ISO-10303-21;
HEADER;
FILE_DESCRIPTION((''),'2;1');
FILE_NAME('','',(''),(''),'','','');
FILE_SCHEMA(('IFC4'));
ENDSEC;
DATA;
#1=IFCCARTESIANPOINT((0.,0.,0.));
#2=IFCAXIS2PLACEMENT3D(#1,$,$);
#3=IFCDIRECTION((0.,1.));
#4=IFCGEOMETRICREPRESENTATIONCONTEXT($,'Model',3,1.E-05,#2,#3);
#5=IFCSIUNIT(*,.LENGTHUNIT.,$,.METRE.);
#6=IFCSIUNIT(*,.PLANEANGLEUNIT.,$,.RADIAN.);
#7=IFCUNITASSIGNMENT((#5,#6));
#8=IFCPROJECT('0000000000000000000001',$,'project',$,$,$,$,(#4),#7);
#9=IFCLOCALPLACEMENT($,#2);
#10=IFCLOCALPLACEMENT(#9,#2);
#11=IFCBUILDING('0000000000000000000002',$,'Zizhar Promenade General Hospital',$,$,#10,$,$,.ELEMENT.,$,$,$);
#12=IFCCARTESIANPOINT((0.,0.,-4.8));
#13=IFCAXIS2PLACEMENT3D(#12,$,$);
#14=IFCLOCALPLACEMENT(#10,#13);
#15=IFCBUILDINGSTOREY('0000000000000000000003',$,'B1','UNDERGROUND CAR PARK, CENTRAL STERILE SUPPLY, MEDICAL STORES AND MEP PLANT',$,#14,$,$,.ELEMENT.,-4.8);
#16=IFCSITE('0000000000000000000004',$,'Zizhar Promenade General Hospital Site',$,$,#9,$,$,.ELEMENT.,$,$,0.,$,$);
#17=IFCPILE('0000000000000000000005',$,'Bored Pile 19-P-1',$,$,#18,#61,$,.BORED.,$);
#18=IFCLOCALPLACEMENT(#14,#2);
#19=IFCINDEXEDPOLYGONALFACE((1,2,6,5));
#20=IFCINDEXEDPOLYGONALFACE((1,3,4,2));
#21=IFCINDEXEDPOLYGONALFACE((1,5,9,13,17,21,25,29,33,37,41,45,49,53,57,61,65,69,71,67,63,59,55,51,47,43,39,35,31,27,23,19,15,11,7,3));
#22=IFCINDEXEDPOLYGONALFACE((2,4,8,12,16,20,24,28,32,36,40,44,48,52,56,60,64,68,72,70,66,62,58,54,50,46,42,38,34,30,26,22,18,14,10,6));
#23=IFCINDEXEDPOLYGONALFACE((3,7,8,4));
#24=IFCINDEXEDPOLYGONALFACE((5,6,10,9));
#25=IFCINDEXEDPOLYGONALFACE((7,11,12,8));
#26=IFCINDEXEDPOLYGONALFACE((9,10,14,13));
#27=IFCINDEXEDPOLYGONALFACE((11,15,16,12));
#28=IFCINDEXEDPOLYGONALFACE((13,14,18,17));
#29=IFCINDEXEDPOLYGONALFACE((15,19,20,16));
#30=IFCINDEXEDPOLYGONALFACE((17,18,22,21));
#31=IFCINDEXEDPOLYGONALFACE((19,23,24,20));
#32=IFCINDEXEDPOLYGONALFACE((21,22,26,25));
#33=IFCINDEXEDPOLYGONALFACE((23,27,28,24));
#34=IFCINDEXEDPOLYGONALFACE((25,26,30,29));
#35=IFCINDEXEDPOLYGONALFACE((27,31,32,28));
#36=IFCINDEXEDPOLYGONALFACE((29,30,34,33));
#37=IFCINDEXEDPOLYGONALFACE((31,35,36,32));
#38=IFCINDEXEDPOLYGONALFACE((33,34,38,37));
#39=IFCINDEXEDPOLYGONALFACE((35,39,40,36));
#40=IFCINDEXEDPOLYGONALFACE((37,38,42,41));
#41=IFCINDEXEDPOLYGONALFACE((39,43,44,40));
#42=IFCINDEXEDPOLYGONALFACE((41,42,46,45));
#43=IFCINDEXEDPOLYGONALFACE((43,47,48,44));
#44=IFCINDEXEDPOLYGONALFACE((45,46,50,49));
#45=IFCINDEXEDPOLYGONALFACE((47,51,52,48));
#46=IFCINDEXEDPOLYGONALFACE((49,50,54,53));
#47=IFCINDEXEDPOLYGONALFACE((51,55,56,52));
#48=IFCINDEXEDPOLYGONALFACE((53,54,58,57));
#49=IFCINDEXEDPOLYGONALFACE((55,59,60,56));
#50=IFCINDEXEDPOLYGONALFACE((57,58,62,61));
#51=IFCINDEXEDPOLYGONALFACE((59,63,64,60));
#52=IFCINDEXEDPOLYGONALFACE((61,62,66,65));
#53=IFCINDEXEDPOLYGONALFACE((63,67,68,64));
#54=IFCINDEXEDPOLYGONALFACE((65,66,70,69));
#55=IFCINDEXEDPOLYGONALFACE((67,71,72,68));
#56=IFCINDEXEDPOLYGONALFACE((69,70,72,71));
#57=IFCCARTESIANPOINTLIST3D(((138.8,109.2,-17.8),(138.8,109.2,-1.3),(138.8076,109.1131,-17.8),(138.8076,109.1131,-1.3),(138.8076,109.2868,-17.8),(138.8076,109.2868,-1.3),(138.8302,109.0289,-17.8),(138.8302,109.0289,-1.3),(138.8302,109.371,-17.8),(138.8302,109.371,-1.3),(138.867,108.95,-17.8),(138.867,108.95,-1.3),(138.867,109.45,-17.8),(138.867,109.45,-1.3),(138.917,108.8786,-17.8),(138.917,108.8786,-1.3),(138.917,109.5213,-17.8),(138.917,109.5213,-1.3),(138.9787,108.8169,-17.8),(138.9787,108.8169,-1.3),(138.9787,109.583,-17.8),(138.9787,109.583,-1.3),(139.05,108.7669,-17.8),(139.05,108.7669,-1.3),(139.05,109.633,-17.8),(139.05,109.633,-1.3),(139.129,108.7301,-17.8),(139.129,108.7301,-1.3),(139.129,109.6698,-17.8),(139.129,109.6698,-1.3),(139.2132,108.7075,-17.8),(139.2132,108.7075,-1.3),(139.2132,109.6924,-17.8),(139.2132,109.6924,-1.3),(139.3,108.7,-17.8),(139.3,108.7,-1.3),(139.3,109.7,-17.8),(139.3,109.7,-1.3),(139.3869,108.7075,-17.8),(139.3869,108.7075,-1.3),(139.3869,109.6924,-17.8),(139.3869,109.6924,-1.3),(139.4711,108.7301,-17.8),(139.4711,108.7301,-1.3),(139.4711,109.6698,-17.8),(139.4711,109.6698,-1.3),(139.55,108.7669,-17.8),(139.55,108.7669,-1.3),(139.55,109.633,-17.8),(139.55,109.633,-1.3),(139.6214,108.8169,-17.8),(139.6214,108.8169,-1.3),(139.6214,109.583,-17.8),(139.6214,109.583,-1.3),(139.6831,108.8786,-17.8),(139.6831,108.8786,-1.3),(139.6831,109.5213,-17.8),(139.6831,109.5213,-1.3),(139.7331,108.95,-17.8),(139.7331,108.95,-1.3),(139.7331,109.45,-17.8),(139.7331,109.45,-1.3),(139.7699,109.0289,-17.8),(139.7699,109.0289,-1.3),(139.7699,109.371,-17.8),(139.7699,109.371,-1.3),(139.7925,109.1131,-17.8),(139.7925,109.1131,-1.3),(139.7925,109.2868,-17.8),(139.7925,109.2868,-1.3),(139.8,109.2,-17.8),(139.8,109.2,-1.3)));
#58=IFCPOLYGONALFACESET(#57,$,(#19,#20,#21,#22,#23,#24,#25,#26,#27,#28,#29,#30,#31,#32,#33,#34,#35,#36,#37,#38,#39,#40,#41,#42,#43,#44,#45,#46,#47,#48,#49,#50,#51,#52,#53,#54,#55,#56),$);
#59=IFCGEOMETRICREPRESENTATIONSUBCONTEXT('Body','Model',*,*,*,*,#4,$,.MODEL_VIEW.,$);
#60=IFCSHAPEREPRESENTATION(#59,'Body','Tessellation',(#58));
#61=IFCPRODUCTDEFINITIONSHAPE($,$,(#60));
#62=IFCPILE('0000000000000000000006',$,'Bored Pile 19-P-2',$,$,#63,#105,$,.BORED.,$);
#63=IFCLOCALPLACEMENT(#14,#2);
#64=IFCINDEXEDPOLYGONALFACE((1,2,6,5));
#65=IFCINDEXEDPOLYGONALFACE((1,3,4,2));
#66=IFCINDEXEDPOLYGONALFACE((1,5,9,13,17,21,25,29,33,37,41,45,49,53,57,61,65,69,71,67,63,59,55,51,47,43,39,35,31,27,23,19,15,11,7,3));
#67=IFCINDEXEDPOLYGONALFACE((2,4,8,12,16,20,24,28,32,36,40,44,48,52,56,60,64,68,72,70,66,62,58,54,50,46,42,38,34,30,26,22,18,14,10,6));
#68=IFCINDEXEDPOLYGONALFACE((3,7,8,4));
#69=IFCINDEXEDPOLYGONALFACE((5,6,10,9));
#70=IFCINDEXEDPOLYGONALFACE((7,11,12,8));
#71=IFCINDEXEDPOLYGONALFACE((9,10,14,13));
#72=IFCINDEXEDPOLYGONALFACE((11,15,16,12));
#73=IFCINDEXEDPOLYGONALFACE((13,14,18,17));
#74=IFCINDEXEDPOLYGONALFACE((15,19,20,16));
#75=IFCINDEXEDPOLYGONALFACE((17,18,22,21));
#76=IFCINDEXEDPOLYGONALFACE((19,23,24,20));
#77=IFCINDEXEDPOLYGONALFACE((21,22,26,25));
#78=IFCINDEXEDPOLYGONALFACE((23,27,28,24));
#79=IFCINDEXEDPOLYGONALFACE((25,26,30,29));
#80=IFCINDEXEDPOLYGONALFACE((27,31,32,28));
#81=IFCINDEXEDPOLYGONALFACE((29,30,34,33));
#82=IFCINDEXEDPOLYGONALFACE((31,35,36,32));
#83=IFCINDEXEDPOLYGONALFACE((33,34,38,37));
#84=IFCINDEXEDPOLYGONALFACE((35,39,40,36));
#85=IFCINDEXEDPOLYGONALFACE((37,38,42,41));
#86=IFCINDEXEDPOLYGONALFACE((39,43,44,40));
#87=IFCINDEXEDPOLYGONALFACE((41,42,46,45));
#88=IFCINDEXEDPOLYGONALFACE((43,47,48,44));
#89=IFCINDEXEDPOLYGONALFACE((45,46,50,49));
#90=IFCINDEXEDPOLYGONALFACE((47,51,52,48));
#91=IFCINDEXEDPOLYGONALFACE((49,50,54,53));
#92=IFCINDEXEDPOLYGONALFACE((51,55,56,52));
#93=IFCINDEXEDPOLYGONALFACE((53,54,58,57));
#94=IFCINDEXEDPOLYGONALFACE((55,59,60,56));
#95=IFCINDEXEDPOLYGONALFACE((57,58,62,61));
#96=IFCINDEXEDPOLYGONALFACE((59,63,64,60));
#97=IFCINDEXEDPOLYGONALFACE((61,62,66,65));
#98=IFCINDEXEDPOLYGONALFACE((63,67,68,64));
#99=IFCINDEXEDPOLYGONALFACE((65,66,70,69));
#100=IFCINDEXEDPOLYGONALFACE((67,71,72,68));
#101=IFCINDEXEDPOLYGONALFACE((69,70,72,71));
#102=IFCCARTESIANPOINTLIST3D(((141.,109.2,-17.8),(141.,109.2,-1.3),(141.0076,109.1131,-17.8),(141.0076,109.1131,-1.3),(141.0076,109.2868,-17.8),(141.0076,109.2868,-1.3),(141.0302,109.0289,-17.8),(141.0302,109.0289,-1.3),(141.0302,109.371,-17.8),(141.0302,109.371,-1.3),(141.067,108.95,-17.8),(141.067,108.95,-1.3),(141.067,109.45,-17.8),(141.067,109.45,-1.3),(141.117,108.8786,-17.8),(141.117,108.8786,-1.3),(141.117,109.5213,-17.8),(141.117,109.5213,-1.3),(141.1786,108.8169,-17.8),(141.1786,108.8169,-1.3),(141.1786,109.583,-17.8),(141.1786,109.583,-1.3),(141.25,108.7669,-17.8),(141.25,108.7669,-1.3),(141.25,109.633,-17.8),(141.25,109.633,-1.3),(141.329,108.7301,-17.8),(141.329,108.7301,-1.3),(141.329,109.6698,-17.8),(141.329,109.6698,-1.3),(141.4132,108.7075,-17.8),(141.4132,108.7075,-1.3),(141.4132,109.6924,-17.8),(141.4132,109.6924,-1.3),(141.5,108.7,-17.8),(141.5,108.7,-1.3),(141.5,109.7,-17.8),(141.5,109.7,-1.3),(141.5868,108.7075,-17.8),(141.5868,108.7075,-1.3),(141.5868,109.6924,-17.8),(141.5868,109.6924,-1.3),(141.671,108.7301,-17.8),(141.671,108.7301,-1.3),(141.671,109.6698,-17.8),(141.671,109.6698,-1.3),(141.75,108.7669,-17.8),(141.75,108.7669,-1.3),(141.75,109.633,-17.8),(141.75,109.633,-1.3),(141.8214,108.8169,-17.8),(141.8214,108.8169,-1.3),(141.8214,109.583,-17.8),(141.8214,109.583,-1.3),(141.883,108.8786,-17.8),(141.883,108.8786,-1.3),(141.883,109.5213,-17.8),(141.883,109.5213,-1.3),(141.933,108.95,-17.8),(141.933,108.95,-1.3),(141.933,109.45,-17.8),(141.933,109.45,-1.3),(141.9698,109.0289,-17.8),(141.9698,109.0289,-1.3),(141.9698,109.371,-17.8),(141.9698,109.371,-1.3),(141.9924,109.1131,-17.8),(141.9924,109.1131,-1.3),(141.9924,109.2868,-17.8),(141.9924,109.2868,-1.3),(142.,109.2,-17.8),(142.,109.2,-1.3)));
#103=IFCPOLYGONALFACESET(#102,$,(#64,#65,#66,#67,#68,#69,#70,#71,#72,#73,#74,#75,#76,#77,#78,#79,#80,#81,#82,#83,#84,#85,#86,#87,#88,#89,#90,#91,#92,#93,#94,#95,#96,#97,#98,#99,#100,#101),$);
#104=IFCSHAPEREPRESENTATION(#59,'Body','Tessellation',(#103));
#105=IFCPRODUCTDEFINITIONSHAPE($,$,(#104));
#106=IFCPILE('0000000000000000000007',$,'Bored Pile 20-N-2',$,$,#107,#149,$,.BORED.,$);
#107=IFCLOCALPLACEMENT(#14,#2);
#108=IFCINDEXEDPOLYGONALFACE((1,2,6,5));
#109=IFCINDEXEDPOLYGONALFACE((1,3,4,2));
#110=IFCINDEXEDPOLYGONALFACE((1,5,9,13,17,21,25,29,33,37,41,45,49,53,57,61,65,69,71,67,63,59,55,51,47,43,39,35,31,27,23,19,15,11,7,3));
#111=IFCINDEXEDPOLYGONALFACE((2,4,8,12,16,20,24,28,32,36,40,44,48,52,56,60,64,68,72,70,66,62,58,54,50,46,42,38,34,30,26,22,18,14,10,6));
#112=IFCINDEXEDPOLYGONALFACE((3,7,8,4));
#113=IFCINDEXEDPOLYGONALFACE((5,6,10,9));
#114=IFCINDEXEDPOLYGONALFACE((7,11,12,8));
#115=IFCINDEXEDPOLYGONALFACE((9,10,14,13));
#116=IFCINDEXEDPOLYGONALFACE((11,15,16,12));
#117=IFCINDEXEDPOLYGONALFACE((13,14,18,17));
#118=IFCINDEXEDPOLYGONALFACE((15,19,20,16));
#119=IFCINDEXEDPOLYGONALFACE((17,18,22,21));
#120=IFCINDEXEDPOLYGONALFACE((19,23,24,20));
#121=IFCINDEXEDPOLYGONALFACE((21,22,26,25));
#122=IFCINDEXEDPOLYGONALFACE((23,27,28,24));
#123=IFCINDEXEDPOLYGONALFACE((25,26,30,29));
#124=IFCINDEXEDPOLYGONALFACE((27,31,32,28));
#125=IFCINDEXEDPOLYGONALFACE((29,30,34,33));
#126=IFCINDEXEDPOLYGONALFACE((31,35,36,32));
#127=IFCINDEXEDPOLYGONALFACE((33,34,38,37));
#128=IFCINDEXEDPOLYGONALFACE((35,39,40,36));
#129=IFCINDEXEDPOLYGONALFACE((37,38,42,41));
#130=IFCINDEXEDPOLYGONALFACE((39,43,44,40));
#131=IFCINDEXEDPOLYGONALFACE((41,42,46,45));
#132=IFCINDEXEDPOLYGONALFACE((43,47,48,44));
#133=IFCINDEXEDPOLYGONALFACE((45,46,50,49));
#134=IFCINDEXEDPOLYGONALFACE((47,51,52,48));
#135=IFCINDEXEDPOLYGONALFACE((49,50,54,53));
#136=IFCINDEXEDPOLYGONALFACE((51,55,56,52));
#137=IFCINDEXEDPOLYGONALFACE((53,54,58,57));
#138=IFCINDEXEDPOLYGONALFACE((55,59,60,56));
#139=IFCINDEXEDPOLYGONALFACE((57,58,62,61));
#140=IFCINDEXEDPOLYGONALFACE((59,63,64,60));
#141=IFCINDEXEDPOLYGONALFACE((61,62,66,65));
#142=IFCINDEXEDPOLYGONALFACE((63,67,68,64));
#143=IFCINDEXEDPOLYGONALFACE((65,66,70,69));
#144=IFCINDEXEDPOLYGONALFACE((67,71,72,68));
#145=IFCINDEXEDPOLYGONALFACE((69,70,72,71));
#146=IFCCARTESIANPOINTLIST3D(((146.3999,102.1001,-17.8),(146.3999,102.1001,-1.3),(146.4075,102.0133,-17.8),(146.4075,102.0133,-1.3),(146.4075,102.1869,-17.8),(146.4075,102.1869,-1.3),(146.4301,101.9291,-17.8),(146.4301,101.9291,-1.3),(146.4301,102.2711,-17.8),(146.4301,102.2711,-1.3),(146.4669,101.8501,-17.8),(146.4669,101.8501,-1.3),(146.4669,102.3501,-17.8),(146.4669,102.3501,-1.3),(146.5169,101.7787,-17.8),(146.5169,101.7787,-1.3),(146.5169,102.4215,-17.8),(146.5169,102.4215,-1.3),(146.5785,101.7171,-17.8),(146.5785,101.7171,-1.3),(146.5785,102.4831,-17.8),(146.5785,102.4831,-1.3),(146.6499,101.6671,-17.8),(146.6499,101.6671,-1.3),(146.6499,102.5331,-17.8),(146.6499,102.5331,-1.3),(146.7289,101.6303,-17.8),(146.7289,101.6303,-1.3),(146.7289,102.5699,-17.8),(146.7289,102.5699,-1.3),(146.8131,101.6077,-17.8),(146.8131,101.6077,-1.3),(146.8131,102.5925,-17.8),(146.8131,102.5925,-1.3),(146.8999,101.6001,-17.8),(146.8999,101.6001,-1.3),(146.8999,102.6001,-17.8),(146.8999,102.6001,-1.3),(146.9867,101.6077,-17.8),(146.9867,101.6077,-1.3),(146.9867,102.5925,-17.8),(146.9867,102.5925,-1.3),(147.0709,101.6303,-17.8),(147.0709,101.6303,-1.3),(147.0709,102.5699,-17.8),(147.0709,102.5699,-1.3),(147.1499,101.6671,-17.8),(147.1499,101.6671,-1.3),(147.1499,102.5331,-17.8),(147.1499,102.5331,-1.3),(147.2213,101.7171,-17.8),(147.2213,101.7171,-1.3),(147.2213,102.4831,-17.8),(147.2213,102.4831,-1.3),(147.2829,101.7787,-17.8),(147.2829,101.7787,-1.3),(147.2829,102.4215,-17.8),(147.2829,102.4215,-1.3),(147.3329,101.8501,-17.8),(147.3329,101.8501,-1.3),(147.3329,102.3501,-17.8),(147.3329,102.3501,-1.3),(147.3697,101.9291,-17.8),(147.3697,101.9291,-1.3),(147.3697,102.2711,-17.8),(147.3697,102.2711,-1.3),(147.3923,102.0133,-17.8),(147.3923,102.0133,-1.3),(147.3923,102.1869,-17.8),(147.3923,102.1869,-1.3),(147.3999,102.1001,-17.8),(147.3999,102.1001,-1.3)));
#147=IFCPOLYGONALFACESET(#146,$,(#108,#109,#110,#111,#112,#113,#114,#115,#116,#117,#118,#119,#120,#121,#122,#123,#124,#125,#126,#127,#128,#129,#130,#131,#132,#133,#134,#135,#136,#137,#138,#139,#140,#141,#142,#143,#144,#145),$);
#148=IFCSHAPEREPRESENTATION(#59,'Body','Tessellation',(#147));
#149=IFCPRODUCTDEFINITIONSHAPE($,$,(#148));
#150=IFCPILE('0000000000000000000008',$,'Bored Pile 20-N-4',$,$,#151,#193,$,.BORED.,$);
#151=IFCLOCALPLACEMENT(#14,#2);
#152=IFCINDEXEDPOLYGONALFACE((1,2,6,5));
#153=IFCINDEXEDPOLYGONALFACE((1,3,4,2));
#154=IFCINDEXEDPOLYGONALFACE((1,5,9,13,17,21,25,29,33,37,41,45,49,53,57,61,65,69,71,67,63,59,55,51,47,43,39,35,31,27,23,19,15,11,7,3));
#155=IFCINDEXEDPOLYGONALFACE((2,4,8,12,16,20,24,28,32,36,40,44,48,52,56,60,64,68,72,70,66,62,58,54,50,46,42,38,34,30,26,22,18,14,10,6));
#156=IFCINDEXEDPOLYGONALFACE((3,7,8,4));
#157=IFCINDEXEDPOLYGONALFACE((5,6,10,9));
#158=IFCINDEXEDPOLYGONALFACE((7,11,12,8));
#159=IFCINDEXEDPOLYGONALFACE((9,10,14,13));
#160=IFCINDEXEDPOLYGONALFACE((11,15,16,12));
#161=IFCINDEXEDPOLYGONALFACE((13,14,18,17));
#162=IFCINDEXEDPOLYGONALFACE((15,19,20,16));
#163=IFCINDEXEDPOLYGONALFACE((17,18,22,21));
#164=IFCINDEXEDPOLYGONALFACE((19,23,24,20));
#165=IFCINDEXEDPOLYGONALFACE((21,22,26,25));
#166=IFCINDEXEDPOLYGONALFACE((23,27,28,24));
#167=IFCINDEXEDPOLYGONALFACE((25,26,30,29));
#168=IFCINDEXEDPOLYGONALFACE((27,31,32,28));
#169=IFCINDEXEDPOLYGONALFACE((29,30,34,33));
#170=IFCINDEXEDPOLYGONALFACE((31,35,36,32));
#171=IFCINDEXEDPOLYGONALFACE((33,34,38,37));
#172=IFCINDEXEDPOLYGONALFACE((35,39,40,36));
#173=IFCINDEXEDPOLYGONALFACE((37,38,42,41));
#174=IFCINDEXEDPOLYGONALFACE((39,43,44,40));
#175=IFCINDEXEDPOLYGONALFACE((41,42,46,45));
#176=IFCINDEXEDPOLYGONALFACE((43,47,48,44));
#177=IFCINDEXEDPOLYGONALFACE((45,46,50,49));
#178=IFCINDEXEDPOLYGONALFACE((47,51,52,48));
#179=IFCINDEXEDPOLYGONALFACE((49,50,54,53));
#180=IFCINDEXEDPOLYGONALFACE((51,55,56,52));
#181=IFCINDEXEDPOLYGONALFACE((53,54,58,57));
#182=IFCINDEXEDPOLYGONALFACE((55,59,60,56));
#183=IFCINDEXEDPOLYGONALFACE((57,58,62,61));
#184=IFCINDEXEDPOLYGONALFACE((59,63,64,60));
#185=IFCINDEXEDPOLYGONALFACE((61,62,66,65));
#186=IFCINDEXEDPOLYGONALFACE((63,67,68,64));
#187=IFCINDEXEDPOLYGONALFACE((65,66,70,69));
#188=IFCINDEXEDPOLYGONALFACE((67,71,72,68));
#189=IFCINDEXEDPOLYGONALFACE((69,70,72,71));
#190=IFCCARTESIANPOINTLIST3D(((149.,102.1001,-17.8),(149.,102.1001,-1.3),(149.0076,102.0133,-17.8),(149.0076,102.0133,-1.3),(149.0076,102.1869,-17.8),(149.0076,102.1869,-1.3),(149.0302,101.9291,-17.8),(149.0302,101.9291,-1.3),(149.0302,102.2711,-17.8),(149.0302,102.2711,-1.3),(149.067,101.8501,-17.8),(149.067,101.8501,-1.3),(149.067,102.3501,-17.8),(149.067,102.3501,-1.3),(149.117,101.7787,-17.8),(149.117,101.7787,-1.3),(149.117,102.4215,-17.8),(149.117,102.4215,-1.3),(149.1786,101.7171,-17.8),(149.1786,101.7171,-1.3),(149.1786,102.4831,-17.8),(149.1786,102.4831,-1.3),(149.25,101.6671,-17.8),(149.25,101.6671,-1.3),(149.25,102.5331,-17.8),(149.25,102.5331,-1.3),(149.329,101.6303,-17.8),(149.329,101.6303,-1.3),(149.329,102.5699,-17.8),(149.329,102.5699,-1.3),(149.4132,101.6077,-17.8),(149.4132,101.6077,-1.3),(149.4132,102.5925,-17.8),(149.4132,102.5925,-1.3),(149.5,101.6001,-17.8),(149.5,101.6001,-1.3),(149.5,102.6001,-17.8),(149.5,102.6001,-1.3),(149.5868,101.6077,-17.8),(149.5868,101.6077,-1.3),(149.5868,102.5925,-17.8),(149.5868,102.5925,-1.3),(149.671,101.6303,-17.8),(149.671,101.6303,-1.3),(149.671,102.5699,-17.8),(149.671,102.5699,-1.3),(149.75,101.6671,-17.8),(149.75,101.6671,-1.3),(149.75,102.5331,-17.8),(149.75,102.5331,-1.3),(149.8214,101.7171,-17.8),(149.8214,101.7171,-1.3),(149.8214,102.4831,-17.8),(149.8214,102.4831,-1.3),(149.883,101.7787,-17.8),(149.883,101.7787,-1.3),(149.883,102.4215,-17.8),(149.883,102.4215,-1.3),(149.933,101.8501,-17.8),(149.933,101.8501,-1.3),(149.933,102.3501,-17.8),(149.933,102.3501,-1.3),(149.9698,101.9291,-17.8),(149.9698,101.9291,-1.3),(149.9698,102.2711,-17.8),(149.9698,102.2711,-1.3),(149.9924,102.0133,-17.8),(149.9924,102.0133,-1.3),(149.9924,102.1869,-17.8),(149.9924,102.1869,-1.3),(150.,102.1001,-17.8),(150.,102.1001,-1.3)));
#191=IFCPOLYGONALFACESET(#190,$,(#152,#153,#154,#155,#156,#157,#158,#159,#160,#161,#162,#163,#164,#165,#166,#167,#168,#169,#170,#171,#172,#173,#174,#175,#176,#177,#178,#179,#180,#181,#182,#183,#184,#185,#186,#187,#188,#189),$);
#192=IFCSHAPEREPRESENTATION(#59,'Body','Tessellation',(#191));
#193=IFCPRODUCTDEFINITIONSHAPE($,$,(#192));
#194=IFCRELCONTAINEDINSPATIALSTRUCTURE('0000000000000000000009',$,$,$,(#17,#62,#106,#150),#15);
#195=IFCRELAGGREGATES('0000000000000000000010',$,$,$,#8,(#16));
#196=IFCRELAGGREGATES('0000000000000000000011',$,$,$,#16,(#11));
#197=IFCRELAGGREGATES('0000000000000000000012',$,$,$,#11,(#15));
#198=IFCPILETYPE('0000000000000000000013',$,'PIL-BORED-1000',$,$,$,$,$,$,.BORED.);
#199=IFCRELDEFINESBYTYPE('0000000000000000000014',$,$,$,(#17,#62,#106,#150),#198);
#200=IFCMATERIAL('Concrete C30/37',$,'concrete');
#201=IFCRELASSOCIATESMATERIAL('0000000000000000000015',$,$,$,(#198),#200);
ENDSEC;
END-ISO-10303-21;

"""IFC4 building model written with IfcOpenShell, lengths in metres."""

from ifc_helpers import new_model, si_unit, direction, frame, origin, origin_2d, place, context, subcontext, project, spatial, circle, extrude, material, material_profile, profile_set, type_object, element, save


model = new_model("IFC4")

# Units and contexts
model_context = context("Model", 3, precision=1e-05, world=origin(), true_north=direction((0.0, 1.0)))
body_context = subcontext(model_context, "Body", "Model", "MODEL_VIEW")
ifc_project = project(units=[si_unit("LENGTHUNIT", "METRE"), si_unit("PLANEANGLEUNIT", "RADIAN")], contexts=[model_context])

# Site, building, storey
site_placement = place(None, origin())
site = spatial("IfcSite", under=ifc_project, at=site_placement, Name="Zizhar Promenade General Hospital Site", CompositionType="ELEMENT", RefElevation=0.0)
building_placement = place(site_placement, origin())
building = spatial("IfcBuilding", under=site, at=building_placement, Name="Zizhar Promenade General Hospital", CompositionType="ELEMENT")
storey_placement = place(building_placement, frame((0.0, 0.0, -4.8)))
storey = spatial("IfcBuildingStorey", under=building, at=storey_placement, Name="B1", Description="UNDERGROUND CAR PARK, CENTRAL STERILE SUPPLY, MEDICAL STORES AND MEP PLANT", CompositionType="ELEMENT", Elevation=-4.8)

# Piles
ifc_material_1 = material(Name="Concrete C30/37", Category="concrete")
ifc_material_profile_1 = material_profile(ifc_material_1, circle(Radius=0.5, at=origin_2d()))
ifc_profile_set_1 = profile_set([ifc_material_profile_1], Name="Concrete C30/37")
pile_type = type_object("IfcPileType", Name="PIL-BORED-1000", PredefinedType="BORED", material=ifc_profile_set_1)
for number, where, z_axis, x_axis, name in (
    (1, (139.3, 109.2, -1.3), (0.0, 0.0, -1.0), (1.0, 0.0, 0.0), "Bored Pile 19-P-1"),
    (2, (141.5, 109.2, -1.3), (0.0, 0.0, -1.0), (1.0, 0.0, 0.0), "Bored Pile 19-P-2"),
    (3, (146.8999, 102.1001, -1.3), (0.0, 0.0, -1.0), (1.0, 0.0, 0.0), "Bored Pile 20-N-2"),
    (4, (149.5, 102.1001, -1.3), (0.0, 0.0, -1.0), (1.0, 0.0, 0.0), "Bored Pile 20-N-4"),
):
    element("IfcPile", number, at=place(storey_placement, frame(where, z_axis=z_axis, x_axis=x_axis)), inside=storey, type_object=pile_type, Name=name, PredefinedType="BORED", context=body_context, shape_type="SweptSolid", body=[
        extrude(circle(Radius=0.5, at=origin_2d()), origin(), (0.0, 0.0, 1.0), 16.5),
    ])

save(model, "model.ifc")
